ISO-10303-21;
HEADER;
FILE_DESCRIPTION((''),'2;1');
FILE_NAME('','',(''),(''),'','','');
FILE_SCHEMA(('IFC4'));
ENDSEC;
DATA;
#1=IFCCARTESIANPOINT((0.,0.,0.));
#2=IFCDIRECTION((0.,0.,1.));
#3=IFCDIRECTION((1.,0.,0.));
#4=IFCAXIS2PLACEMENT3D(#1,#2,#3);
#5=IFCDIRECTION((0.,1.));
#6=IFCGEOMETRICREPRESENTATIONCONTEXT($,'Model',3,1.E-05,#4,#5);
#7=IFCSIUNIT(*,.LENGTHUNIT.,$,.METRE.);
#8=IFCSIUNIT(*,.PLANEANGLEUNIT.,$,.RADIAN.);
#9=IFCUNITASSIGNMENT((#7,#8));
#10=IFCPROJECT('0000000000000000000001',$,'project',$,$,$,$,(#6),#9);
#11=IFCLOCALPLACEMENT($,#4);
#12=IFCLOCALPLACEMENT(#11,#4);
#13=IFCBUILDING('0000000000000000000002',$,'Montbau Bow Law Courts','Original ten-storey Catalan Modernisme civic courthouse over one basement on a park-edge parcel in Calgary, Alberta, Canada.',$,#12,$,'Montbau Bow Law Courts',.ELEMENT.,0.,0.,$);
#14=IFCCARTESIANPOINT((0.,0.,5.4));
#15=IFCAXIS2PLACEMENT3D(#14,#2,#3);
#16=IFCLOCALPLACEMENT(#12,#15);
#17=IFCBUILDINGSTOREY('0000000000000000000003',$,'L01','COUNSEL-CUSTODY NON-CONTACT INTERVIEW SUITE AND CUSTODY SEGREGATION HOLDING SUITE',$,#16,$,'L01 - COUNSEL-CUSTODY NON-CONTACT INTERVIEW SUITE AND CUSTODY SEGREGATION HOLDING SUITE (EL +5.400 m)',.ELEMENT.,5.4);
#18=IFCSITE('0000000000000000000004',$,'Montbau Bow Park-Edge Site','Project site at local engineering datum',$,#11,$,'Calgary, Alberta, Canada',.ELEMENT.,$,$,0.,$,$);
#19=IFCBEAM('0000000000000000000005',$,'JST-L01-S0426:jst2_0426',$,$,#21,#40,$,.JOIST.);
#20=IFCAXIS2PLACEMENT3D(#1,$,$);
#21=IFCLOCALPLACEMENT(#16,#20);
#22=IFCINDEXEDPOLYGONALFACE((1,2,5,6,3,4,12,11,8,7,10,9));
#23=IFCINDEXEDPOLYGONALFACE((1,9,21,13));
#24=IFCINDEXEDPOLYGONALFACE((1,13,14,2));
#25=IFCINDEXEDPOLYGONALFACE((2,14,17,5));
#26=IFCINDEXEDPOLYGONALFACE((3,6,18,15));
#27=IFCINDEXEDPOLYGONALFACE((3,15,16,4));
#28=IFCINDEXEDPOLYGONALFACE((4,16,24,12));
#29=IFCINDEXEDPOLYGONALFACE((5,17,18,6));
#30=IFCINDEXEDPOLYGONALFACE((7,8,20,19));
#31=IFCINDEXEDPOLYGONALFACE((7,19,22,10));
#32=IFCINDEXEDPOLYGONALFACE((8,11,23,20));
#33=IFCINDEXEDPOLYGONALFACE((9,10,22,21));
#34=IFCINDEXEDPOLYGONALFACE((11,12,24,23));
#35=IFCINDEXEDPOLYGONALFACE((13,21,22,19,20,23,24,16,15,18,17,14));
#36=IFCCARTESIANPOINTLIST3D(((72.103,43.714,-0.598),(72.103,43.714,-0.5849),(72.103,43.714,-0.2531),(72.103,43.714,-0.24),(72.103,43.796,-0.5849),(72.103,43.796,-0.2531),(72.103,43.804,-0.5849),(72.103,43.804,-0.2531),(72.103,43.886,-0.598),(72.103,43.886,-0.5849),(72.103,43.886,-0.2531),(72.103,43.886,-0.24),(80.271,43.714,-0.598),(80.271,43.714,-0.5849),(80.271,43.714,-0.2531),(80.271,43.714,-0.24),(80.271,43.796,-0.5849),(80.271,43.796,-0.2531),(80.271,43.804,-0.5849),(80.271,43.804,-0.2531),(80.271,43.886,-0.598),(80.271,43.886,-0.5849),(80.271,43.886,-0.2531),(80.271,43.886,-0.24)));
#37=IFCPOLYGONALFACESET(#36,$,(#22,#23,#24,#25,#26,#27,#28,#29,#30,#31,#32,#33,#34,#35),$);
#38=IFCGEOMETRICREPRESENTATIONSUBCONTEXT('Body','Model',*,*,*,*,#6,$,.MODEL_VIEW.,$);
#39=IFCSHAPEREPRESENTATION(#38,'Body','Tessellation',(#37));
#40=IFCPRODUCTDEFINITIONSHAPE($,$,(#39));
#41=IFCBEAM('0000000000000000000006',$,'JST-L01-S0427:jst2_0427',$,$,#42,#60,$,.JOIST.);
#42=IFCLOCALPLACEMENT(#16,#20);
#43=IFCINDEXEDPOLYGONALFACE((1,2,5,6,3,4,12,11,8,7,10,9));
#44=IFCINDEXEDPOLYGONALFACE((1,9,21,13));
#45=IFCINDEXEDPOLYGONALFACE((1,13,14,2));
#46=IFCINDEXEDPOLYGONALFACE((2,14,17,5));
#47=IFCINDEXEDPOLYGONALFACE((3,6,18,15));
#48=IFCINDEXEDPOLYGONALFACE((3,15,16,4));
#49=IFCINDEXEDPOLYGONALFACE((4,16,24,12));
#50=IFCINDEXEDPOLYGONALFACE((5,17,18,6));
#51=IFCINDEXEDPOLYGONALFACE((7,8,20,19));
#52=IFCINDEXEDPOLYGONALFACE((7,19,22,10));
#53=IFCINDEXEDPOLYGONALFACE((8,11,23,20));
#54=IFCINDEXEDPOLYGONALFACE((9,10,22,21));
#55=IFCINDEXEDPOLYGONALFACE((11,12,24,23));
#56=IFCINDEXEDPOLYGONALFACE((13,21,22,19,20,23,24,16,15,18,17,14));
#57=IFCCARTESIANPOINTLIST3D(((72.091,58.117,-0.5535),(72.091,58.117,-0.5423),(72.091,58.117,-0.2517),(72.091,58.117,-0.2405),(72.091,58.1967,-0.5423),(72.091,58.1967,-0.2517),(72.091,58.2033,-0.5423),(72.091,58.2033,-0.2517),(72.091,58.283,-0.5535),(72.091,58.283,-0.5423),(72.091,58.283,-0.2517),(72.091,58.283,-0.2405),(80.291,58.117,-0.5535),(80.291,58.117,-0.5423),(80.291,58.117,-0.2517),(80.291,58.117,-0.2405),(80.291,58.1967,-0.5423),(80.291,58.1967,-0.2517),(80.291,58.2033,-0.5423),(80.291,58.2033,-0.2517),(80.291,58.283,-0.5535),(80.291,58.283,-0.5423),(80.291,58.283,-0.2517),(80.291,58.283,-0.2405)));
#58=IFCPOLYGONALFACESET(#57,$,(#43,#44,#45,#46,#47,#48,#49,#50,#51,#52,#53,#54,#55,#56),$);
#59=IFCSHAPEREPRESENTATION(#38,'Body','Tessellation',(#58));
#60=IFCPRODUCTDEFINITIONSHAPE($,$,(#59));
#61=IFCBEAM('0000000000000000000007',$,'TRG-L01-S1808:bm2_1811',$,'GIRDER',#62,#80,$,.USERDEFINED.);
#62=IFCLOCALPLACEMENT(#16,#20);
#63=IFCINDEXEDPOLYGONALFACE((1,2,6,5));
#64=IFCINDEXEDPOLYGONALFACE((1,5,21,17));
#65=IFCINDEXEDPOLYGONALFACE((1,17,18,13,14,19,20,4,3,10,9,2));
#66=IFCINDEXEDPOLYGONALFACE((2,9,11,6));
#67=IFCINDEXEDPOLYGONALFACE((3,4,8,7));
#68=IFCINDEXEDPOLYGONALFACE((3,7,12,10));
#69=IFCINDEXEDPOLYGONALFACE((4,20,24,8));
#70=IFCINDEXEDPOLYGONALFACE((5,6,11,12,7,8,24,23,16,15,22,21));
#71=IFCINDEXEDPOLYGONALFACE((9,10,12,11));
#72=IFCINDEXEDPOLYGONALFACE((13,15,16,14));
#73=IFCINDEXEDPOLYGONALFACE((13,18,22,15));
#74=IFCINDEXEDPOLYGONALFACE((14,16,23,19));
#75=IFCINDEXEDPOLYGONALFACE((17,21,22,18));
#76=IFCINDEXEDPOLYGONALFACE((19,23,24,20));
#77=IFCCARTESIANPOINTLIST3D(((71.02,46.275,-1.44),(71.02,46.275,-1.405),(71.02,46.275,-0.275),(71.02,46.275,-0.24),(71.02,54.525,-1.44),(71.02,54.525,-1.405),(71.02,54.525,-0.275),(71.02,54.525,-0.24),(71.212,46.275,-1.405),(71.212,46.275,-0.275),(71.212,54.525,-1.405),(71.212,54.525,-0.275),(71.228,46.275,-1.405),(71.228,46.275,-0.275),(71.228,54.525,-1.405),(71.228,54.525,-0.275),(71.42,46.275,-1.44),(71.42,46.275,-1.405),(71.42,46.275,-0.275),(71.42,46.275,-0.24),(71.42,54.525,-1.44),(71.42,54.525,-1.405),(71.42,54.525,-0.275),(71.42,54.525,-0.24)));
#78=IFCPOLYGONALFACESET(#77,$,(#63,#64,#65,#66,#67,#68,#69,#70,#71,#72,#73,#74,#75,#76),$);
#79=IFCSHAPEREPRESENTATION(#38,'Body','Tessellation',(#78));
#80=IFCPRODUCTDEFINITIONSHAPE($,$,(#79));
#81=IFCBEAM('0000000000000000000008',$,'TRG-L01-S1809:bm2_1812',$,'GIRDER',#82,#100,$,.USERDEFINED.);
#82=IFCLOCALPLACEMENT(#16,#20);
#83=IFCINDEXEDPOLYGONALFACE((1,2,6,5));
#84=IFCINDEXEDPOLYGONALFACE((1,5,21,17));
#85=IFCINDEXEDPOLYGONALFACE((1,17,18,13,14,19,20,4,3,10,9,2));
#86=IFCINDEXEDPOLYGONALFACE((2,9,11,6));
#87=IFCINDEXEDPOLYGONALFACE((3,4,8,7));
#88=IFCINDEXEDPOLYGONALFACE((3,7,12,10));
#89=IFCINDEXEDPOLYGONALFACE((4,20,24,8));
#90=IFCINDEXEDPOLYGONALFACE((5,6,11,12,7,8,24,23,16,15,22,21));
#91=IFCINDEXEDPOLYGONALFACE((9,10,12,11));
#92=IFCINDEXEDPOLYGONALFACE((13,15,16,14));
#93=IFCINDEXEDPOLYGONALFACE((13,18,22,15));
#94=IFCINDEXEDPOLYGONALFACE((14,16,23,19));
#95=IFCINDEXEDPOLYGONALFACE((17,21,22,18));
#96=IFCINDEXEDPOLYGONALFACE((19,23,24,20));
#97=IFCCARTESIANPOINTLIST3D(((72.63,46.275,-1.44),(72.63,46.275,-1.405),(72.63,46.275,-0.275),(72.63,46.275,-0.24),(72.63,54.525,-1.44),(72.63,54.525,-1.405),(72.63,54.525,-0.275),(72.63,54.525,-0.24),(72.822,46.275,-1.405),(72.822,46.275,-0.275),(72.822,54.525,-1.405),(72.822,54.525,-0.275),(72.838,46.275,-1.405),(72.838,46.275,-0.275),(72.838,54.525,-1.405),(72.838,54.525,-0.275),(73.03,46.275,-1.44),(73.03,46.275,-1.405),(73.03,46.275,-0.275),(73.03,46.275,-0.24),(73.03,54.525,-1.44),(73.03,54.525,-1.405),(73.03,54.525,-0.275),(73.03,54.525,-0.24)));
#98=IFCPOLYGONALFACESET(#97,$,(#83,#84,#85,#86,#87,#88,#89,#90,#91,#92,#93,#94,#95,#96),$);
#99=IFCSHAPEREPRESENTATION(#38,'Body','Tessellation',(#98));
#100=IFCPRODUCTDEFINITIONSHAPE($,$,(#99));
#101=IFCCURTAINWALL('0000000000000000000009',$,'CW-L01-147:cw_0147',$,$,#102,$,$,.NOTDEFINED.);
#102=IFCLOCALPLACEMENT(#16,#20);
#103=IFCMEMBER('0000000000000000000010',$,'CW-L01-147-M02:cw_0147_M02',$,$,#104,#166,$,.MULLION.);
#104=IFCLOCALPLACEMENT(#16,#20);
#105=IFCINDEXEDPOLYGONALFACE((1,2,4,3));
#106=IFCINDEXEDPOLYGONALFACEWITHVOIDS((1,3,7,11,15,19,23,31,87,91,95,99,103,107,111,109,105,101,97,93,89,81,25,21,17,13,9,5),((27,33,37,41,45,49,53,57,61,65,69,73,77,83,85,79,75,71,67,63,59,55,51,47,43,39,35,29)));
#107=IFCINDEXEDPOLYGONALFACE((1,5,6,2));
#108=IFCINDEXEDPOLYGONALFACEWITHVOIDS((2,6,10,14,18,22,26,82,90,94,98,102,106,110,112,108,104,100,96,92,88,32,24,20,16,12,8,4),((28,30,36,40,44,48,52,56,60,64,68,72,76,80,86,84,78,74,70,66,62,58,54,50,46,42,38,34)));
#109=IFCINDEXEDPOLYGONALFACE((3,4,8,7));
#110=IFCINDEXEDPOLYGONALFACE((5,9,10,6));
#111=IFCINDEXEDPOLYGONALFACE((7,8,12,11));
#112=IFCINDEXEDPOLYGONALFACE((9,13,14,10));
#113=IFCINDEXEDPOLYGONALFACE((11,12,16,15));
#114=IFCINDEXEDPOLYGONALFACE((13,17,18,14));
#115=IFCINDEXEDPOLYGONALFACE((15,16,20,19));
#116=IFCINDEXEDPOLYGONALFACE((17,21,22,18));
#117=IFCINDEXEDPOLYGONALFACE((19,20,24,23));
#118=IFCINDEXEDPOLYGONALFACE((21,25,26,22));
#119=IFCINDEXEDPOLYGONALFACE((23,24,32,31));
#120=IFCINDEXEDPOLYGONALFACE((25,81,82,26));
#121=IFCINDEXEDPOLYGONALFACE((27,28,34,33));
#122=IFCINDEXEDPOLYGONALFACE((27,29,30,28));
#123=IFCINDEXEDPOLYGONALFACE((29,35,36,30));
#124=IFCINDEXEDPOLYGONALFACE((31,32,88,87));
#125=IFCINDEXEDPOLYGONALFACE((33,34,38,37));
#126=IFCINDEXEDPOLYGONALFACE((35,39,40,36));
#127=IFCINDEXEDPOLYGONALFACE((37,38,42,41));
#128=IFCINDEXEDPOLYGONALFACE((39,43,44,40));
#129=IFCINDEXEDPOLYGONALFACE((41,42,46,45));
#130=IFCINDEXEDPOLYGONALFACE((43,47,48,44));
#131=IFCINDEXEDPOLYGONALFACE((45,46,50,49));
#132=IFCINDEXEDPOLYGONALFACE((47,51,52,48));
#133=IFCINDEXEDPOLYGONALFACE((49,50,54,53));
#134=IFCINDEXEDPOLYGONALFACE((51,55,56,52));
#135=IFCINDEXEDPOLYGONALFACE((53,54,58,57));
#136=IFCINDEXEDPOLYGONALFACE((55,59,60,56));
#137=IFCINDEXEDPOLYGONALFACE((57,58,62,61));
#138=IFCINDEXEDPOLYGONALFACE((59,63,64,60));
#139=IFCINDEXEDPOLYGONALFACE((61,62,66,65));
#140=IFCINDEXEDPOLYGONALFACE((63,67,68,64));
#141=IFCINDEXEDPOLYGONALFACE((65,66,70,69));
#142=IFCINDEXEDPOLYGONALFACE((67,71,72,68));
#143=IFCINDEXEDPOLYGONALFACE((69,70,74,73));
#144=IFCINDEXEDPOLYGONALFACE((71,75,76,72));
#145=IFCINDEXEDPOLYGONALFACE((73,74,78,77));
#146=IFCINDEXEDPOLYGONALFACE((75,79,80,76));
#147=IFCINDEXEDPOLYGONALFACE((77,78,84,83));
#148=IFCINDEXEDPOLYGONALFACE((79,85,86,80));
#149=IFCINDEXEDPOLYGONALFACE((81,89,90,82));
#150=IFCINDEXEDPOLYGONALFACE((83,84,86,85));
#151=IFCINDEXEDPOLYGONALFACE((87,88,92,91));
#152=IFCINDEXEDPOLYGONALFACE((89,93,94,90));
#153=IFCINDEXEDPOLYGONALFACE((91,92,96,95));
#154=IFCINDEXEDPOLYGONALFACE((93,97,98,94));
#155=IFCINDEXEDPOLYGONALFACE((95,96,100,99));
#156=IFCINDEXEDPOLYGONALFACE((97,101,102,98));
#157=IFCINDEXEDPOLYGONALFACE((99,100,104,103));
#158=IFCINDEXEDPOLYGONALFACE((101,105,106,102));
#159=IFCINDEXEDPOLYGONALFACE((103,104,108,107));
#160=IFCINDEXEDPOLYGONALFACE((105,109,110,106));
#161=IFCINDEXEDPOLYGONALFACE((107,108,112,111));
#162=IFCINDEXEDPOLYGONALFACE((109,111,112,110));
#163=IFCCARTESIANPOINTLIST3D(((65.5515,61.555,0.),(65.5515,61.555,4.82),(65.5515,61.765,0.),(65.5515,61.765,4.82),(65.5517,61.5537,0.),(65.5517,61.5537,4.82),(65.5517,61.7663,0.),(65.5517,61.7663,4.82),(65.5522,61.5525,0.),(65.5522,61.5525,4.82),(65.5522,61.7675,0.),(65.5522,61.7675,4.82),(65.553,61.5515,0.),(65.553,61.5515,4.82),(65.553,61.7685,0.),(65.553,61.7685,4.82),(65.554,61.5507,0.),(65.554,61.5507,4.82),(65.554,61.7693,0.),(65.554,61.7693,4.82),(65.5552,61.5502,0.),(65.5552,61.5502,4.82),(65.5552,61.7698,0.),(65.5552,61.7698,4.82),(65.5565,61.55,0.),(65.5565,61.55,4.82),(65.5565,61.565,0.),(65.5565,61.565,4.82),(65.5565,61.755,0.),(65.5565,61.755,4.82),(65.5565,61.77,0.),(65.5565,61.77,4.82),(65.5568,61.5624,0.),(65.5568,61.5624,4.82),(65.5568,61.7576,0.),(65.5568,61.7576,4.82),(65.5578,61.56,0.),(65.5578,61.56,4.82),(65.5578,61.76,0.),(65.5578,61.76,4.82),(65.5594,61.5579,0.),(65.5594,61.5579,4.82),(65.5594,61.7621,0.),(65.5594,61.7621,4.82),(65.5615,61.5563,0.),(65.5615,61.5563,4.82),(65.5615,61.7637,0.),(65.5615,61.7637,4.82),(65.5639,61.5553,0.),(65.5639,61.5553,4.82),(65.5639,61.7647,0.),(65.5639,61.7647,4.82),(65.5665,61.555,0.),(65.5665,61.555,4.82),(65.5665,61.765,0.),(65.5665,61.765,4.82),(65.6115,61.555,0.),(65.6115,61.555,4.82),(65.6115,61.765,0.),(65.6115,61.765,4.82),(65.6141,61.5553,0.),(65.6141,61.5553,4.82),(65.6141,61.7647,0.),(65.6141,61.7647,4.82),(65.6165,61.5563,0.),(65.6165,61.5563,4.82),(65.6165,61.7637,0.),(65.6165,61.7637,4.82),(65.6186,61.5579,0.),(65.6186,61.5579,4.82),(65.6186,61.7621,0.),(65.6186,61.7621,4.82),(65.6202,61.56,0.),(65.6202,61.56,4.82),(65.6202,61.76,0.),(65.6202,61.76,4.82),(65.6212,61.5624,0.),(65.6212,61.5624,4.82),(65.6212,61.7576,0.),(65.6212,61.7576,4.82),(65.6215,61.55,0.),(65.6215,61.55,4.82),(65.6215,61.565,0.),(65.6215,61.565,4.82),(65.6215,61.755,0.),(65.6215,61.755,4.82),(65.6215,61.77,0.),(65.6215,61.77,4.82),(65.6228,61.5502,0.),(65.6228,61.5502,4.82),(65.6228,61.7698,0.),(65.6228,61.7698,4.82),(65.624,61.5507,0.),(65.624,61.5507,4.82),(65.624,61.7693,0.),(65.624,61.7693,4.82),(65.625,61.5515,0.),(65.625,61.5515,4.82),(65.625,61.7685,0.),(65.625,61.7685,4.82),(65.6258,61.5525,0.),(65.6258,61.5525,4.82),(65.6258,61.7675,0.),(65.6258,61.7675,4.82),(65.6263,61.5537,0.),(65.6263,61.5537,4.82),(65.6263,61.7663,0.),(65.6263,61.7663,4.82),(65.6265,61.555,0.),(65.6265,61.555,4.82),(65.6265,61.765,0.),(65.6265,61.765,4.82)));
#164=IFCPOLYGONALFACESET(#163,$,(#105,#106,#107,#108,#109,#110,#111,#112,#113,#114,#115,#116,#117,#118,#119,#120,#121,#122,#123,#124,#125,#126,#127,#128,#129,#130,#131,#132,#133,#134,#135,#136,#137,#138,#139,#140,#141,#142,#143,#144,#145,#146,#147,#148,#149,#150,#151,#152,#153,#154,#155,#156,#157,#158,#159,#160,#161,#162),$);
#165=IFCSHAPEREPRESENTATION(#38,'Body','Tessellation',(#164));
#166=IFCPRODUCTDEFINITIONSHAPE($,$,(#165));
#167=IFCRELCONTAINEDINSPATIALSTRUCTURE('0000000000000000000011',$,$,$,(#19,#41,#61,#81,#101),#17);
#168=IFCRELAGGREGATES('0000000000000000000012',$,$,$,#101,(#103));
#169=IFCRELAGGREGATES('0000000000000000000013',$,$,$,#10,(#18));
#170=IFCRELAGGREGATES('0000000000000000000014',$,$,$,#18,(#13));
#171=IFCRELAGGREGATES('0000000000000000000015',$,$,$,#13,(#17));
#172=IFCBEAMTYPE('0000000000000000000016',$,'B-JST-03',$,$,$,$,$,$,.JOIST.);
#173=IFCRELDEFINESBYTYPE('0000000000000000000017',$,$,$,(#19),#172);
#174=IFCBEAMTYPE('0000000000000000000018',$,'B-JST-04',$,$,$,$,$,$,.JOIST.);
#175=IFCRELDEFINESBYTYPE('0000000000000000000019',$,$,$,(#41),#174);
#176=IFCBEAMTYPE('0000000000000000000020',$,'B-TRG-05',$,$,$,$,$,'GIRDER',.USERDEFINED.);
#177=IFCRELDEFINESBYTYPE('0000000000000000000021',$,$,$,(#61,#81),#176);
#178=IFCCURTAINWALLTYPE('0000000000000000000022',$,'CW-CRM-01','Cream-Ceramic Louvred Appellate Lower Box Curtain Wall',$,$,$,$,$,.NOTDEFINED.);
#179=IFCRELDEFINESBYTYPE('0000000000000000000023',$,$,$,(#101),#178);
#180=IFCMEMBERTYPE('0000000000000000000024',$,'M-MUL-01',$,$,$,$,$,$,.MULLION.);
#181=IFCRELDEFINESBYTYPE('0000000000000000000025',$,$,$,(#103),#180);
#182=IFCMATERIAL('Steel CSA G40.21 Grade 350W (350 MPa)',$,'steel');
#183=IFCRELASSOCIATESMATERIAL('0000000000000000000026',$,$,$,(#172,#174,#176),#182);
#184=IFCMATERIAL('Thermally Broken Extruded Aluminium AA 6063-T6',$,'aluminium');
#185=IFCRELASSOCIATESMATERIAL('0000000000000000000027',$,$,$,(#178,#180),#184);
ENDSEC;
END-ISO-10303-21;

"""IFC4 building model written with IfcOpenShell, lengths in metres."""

from ifc_helpers import new_model, si_unit, direction, frame, origin_with_axes, origin_2d_with_axis, place, context, subcontext, project, spatial, hollow_rectangle, i_section, extrude, material, material_profile, profile_set, type_object, element, aggregate, save


model = new_model("IFC4")

# Units and contexts
model_context = context("Model", 3, precision=1e-05, world=origin_with_axes(), true_north=direction((0.0, 1.0)))
body_context = subcontext(model_context, "Body", "Model", "MODEL_VIEW")
ifc_project = project(units=[si_unit("LENGTHUNIT", "METRE"), si_unit("PLANEANGLEUNIT", "RADIAN")], contexts=[model_context])

# Site, building, storey
site_placement = place(None, origin_with_axes())
site = spatial("IfcSite", under=ifc_project, at=site_placement, Name="Montbau Bow Park-Edge Site", Description="Project site at local engineering datum", LongName="Calgary, Alberta, Canada", CompositionType="ELEMENT", RefElevation=0.0)
building_placement = place(site_placement, origin_with_axes())
building = spatial("IfcBuilding", under=site, at=building_placement, Name="Montbau Bow Law Courts", Description="Original ten-storey Catalan Modernisme civic courthouse over one basement on a park-edge parcel in Calgary, Alberta, Canada.", LongName="Montbau Bow Law Courts", CompositionType="ELEMENT", ElevationOfRefHeight=0.0, ElevationOfTerrain=0.0)
storey_placement = place(building_placement, frame((0.0, 0.0, 5.4), z_axis=(0.0, 0.0, 1.0), x_axis=(1.0, 0.0, 0.0)))
storey = spatial("IfcBuildingStorey", under=building, at=storey_placement, Name="L01", Description="COUNSEL-CUSTODY NON-CONTACT INTERVIEW SUITE AND CUSTODY SEGREGATION HOLDING SUITE", LongName="L01 - COUNSEL-CUSTODY NON-CONTACT INTERVIEW SUITE AND CUSTODY SEGREGATION HOLDING SUITE (EL +5.400 m)", CompositionType="ELEMENT", Elevation=5.4)

# Shared definitions
ifc_material_1 = material(Name="Steel CSA G40.21 Grade 350W (350 MPa)", Category="steel")

# Beams
ifc_material_profile_1 = material_profile(ifc_material_1, i_section(OverallWidth=0.172, OverallDepth=0.358, WebThickness=0.0079, FlangeThickness=0.0131, at=origin_2d_with_axis()), Name="W360X57", Category="Main", Priority=0)
ifc_profile_set_1 = profile_set([ifc_material_profile_1], Name="Steel CSA G40.21 Grade 350W (350 MPa)")
beam_type_1 = type_object("IfcBeamType", Name="B-JST-03", PredefinedType="JOIST", material=ifc_profile_set_1)
beam_1_placement = place(None, frame((72.103, 43.8, 4.981), z_axis=(1.0, 0.0, 0.0), x_axis=(0.0, 1.0, 0.0)))
element("IfcBeam", 1, at=beam_1_placement, inside=storey, type_object=beam_type_1, Name="JST-L01-S0426:jst2_0426", PredefinedType="JOIST", context=body_context, shape_type="SweptSolid", body=[
    extrude(i_section(OverallWidth=0.172, OverallDepth=0.358, WebThickness=0.0079, FlangeThickness=0.0131, at=origin_2d_with_axis()), origin_with_axes(), (0.0, 0.0, 1.0), 8.168),
])
ifc_material_profile_2 = material_profile(ifc_material_1, i_section(OverallWidth=0.166, OverallDepth=0.313, WebThickness=0.0066, FlangeThickness=0.0112, at=origin_2d_with_axis()), Name="W310X45", Category="Main", Priority=0)
ifc_profile_set_2 = profile_set([ifc_material_profile_2], Name="Steel CSA G40.21 Grade 350W (350 MPa)")
beam_type_2 = type_object("IfcBeamType", Name="B-JST-04", PredefinedType="JOIST", material=ifc_profile_set_2)
beam_2_placement = place(None, frame((72.091, 58.2, 5.003), z_axis=(1.0, 0.0, 0.0), x_axis=(0.0, 1.0, 0.0)))
element("IfcBeam", 2, at=beam_2_placement, inside=storey, type_object=beam_type_2, Name="JST-L01-S0427:jst2_0427", PredefinedType="JOIST", context=body_context, shape_type="SweptSolid", body=[
    extrude(i_section(OverallWidth=0.166, OverallDepth=0.313, WebThickness=0.0066, FlangeThickness=0.0112, at=origin_2d_with_axis()), origin_with_axes(), (0.0, 0.0, 1.0), 8.2),
])
ifc_material_profile_3 = material_profile(ifc_material_1, i_section(OverallWidth=0.4, OverallDepth=1.2, WebThickness=0.016, FlangeThickness=0.035, at=origin_2d_with_axis()), Name="WWF1200X302", Category="Main", Priority=0)
ifc_profile_set_3 = profile_set([ifc_material_profile_3], Name="Steel CSA G40.21 Grade 350W (350 MPa)")
beam_type_3 = type_object("IfcBeamType", Name="B-TRG-05", ElementType="GIRDER", PredefinedType="USERDEFINED", material=ifc_profile_set_3)
for number, where, z_axis, x_axis, name in (
    (3, (71.22, 46.275, 4.56), (0.0, 1.0, 0.0), (-1.0, 0.0, 0.0), "TRG-L01-S1808:bm2_1811"),
    (4, (72.83, 46.275, 4.56), (0.0, 1.0, 0.0), (-1.0, 0.0, 0.0), "TRG-L01-S1809:bm2_1812"),
):
    element("IfcBeam", number, at=place(None, frame(where, z_axis=z_axis, x_axis=x_axis)), inside=storey, type_object=beam_type_3, Name=name, ObjectType="GIRDER", PredefinedType="USERDEFINED", context=body_context, shape_type="SweptSolid", body=[
        extrude(i_section(OverallWidth=0.4, OverallDepth=1.2, WebThickness=0.016, FlangeThickness=0.035, at=origin_2d_with_axis()), origin_with_axes(), (0.0, 0.0, 1.0), 8.25),
    ])

# Curtain wall, member
ifc_material_2 = material(Name="Thermally Broken Extruded Aluminium AA 6063-T6", Category="aluminium")
curtain_wall_type = type_object("IfcCurtainWallType", Name="CW-CRM-01", Description="Cream-Ceramic Louvred Appellate Lower Box Curtain Wall", PredefinedType="NOTDEFINED", material=ifc_material_2)
curtain_wall_placement = place(None, frame((64.115, 61.66, 5.4), z_axis=(0.0, 0.0, 1.0), x_axis=(1.0, 0.0, 0.0)))
curtain_wall = element("IfcCurtainWall", 5, at=curtain_wall_placement, inside=storey, type_object=curtain_wall_type, Name="CW-L01-147:cw_0147", PredefinedType="NOTDEFINED")
ifc_material_profile_4 = material_profile(ifc_material_2, hollow_rectangle(XDim=0.075, YDim=0.22, WallThickness=0.005, InnerFilletRadius=0.01, OuterFilletRadius=0.005, at=origin_2d_with_axis()), Name="CWM-220X75", Category="Main", Priority=0)
ifc_profile_set_4 = profile_set([ifc_material_profile_4], Name="Thermally Broken Extruded Aluminium AA 6063-T6")
member_type_1 = type_object("IfcMemberType", Name="M-MUL-01", PredefinedType="MULLION", material=ifc_profile_set_4)
member_1_placement = place(None, frame((65.589, 61.66, 5.4), z_axis=(0.0, 0.0, 1.0), x_axis=(1.0, 0.0, 0.0)))
member_1 = element("IfcMember", 6, at=member_1_placement, type_object=member_type_1, Name="CW-L01-147-M02:cw_0147_M02", PredefinedType="MULLION", context=body_context, shape_type="SweptSolid", body=[
    extrude(hollow_rectangle(XDim=0.075, YDim=0.22, WallThickness=0.005, InnerFilletRadius=0.01, OuterFilletRadius=0.005, at=origin_2d_with_axis()), origin_with_axes(), (0.0, 0.0, 1.0), 4.82),
])
aggregate(curtain_wall, [member_1])

save(model, "model.ifc")
